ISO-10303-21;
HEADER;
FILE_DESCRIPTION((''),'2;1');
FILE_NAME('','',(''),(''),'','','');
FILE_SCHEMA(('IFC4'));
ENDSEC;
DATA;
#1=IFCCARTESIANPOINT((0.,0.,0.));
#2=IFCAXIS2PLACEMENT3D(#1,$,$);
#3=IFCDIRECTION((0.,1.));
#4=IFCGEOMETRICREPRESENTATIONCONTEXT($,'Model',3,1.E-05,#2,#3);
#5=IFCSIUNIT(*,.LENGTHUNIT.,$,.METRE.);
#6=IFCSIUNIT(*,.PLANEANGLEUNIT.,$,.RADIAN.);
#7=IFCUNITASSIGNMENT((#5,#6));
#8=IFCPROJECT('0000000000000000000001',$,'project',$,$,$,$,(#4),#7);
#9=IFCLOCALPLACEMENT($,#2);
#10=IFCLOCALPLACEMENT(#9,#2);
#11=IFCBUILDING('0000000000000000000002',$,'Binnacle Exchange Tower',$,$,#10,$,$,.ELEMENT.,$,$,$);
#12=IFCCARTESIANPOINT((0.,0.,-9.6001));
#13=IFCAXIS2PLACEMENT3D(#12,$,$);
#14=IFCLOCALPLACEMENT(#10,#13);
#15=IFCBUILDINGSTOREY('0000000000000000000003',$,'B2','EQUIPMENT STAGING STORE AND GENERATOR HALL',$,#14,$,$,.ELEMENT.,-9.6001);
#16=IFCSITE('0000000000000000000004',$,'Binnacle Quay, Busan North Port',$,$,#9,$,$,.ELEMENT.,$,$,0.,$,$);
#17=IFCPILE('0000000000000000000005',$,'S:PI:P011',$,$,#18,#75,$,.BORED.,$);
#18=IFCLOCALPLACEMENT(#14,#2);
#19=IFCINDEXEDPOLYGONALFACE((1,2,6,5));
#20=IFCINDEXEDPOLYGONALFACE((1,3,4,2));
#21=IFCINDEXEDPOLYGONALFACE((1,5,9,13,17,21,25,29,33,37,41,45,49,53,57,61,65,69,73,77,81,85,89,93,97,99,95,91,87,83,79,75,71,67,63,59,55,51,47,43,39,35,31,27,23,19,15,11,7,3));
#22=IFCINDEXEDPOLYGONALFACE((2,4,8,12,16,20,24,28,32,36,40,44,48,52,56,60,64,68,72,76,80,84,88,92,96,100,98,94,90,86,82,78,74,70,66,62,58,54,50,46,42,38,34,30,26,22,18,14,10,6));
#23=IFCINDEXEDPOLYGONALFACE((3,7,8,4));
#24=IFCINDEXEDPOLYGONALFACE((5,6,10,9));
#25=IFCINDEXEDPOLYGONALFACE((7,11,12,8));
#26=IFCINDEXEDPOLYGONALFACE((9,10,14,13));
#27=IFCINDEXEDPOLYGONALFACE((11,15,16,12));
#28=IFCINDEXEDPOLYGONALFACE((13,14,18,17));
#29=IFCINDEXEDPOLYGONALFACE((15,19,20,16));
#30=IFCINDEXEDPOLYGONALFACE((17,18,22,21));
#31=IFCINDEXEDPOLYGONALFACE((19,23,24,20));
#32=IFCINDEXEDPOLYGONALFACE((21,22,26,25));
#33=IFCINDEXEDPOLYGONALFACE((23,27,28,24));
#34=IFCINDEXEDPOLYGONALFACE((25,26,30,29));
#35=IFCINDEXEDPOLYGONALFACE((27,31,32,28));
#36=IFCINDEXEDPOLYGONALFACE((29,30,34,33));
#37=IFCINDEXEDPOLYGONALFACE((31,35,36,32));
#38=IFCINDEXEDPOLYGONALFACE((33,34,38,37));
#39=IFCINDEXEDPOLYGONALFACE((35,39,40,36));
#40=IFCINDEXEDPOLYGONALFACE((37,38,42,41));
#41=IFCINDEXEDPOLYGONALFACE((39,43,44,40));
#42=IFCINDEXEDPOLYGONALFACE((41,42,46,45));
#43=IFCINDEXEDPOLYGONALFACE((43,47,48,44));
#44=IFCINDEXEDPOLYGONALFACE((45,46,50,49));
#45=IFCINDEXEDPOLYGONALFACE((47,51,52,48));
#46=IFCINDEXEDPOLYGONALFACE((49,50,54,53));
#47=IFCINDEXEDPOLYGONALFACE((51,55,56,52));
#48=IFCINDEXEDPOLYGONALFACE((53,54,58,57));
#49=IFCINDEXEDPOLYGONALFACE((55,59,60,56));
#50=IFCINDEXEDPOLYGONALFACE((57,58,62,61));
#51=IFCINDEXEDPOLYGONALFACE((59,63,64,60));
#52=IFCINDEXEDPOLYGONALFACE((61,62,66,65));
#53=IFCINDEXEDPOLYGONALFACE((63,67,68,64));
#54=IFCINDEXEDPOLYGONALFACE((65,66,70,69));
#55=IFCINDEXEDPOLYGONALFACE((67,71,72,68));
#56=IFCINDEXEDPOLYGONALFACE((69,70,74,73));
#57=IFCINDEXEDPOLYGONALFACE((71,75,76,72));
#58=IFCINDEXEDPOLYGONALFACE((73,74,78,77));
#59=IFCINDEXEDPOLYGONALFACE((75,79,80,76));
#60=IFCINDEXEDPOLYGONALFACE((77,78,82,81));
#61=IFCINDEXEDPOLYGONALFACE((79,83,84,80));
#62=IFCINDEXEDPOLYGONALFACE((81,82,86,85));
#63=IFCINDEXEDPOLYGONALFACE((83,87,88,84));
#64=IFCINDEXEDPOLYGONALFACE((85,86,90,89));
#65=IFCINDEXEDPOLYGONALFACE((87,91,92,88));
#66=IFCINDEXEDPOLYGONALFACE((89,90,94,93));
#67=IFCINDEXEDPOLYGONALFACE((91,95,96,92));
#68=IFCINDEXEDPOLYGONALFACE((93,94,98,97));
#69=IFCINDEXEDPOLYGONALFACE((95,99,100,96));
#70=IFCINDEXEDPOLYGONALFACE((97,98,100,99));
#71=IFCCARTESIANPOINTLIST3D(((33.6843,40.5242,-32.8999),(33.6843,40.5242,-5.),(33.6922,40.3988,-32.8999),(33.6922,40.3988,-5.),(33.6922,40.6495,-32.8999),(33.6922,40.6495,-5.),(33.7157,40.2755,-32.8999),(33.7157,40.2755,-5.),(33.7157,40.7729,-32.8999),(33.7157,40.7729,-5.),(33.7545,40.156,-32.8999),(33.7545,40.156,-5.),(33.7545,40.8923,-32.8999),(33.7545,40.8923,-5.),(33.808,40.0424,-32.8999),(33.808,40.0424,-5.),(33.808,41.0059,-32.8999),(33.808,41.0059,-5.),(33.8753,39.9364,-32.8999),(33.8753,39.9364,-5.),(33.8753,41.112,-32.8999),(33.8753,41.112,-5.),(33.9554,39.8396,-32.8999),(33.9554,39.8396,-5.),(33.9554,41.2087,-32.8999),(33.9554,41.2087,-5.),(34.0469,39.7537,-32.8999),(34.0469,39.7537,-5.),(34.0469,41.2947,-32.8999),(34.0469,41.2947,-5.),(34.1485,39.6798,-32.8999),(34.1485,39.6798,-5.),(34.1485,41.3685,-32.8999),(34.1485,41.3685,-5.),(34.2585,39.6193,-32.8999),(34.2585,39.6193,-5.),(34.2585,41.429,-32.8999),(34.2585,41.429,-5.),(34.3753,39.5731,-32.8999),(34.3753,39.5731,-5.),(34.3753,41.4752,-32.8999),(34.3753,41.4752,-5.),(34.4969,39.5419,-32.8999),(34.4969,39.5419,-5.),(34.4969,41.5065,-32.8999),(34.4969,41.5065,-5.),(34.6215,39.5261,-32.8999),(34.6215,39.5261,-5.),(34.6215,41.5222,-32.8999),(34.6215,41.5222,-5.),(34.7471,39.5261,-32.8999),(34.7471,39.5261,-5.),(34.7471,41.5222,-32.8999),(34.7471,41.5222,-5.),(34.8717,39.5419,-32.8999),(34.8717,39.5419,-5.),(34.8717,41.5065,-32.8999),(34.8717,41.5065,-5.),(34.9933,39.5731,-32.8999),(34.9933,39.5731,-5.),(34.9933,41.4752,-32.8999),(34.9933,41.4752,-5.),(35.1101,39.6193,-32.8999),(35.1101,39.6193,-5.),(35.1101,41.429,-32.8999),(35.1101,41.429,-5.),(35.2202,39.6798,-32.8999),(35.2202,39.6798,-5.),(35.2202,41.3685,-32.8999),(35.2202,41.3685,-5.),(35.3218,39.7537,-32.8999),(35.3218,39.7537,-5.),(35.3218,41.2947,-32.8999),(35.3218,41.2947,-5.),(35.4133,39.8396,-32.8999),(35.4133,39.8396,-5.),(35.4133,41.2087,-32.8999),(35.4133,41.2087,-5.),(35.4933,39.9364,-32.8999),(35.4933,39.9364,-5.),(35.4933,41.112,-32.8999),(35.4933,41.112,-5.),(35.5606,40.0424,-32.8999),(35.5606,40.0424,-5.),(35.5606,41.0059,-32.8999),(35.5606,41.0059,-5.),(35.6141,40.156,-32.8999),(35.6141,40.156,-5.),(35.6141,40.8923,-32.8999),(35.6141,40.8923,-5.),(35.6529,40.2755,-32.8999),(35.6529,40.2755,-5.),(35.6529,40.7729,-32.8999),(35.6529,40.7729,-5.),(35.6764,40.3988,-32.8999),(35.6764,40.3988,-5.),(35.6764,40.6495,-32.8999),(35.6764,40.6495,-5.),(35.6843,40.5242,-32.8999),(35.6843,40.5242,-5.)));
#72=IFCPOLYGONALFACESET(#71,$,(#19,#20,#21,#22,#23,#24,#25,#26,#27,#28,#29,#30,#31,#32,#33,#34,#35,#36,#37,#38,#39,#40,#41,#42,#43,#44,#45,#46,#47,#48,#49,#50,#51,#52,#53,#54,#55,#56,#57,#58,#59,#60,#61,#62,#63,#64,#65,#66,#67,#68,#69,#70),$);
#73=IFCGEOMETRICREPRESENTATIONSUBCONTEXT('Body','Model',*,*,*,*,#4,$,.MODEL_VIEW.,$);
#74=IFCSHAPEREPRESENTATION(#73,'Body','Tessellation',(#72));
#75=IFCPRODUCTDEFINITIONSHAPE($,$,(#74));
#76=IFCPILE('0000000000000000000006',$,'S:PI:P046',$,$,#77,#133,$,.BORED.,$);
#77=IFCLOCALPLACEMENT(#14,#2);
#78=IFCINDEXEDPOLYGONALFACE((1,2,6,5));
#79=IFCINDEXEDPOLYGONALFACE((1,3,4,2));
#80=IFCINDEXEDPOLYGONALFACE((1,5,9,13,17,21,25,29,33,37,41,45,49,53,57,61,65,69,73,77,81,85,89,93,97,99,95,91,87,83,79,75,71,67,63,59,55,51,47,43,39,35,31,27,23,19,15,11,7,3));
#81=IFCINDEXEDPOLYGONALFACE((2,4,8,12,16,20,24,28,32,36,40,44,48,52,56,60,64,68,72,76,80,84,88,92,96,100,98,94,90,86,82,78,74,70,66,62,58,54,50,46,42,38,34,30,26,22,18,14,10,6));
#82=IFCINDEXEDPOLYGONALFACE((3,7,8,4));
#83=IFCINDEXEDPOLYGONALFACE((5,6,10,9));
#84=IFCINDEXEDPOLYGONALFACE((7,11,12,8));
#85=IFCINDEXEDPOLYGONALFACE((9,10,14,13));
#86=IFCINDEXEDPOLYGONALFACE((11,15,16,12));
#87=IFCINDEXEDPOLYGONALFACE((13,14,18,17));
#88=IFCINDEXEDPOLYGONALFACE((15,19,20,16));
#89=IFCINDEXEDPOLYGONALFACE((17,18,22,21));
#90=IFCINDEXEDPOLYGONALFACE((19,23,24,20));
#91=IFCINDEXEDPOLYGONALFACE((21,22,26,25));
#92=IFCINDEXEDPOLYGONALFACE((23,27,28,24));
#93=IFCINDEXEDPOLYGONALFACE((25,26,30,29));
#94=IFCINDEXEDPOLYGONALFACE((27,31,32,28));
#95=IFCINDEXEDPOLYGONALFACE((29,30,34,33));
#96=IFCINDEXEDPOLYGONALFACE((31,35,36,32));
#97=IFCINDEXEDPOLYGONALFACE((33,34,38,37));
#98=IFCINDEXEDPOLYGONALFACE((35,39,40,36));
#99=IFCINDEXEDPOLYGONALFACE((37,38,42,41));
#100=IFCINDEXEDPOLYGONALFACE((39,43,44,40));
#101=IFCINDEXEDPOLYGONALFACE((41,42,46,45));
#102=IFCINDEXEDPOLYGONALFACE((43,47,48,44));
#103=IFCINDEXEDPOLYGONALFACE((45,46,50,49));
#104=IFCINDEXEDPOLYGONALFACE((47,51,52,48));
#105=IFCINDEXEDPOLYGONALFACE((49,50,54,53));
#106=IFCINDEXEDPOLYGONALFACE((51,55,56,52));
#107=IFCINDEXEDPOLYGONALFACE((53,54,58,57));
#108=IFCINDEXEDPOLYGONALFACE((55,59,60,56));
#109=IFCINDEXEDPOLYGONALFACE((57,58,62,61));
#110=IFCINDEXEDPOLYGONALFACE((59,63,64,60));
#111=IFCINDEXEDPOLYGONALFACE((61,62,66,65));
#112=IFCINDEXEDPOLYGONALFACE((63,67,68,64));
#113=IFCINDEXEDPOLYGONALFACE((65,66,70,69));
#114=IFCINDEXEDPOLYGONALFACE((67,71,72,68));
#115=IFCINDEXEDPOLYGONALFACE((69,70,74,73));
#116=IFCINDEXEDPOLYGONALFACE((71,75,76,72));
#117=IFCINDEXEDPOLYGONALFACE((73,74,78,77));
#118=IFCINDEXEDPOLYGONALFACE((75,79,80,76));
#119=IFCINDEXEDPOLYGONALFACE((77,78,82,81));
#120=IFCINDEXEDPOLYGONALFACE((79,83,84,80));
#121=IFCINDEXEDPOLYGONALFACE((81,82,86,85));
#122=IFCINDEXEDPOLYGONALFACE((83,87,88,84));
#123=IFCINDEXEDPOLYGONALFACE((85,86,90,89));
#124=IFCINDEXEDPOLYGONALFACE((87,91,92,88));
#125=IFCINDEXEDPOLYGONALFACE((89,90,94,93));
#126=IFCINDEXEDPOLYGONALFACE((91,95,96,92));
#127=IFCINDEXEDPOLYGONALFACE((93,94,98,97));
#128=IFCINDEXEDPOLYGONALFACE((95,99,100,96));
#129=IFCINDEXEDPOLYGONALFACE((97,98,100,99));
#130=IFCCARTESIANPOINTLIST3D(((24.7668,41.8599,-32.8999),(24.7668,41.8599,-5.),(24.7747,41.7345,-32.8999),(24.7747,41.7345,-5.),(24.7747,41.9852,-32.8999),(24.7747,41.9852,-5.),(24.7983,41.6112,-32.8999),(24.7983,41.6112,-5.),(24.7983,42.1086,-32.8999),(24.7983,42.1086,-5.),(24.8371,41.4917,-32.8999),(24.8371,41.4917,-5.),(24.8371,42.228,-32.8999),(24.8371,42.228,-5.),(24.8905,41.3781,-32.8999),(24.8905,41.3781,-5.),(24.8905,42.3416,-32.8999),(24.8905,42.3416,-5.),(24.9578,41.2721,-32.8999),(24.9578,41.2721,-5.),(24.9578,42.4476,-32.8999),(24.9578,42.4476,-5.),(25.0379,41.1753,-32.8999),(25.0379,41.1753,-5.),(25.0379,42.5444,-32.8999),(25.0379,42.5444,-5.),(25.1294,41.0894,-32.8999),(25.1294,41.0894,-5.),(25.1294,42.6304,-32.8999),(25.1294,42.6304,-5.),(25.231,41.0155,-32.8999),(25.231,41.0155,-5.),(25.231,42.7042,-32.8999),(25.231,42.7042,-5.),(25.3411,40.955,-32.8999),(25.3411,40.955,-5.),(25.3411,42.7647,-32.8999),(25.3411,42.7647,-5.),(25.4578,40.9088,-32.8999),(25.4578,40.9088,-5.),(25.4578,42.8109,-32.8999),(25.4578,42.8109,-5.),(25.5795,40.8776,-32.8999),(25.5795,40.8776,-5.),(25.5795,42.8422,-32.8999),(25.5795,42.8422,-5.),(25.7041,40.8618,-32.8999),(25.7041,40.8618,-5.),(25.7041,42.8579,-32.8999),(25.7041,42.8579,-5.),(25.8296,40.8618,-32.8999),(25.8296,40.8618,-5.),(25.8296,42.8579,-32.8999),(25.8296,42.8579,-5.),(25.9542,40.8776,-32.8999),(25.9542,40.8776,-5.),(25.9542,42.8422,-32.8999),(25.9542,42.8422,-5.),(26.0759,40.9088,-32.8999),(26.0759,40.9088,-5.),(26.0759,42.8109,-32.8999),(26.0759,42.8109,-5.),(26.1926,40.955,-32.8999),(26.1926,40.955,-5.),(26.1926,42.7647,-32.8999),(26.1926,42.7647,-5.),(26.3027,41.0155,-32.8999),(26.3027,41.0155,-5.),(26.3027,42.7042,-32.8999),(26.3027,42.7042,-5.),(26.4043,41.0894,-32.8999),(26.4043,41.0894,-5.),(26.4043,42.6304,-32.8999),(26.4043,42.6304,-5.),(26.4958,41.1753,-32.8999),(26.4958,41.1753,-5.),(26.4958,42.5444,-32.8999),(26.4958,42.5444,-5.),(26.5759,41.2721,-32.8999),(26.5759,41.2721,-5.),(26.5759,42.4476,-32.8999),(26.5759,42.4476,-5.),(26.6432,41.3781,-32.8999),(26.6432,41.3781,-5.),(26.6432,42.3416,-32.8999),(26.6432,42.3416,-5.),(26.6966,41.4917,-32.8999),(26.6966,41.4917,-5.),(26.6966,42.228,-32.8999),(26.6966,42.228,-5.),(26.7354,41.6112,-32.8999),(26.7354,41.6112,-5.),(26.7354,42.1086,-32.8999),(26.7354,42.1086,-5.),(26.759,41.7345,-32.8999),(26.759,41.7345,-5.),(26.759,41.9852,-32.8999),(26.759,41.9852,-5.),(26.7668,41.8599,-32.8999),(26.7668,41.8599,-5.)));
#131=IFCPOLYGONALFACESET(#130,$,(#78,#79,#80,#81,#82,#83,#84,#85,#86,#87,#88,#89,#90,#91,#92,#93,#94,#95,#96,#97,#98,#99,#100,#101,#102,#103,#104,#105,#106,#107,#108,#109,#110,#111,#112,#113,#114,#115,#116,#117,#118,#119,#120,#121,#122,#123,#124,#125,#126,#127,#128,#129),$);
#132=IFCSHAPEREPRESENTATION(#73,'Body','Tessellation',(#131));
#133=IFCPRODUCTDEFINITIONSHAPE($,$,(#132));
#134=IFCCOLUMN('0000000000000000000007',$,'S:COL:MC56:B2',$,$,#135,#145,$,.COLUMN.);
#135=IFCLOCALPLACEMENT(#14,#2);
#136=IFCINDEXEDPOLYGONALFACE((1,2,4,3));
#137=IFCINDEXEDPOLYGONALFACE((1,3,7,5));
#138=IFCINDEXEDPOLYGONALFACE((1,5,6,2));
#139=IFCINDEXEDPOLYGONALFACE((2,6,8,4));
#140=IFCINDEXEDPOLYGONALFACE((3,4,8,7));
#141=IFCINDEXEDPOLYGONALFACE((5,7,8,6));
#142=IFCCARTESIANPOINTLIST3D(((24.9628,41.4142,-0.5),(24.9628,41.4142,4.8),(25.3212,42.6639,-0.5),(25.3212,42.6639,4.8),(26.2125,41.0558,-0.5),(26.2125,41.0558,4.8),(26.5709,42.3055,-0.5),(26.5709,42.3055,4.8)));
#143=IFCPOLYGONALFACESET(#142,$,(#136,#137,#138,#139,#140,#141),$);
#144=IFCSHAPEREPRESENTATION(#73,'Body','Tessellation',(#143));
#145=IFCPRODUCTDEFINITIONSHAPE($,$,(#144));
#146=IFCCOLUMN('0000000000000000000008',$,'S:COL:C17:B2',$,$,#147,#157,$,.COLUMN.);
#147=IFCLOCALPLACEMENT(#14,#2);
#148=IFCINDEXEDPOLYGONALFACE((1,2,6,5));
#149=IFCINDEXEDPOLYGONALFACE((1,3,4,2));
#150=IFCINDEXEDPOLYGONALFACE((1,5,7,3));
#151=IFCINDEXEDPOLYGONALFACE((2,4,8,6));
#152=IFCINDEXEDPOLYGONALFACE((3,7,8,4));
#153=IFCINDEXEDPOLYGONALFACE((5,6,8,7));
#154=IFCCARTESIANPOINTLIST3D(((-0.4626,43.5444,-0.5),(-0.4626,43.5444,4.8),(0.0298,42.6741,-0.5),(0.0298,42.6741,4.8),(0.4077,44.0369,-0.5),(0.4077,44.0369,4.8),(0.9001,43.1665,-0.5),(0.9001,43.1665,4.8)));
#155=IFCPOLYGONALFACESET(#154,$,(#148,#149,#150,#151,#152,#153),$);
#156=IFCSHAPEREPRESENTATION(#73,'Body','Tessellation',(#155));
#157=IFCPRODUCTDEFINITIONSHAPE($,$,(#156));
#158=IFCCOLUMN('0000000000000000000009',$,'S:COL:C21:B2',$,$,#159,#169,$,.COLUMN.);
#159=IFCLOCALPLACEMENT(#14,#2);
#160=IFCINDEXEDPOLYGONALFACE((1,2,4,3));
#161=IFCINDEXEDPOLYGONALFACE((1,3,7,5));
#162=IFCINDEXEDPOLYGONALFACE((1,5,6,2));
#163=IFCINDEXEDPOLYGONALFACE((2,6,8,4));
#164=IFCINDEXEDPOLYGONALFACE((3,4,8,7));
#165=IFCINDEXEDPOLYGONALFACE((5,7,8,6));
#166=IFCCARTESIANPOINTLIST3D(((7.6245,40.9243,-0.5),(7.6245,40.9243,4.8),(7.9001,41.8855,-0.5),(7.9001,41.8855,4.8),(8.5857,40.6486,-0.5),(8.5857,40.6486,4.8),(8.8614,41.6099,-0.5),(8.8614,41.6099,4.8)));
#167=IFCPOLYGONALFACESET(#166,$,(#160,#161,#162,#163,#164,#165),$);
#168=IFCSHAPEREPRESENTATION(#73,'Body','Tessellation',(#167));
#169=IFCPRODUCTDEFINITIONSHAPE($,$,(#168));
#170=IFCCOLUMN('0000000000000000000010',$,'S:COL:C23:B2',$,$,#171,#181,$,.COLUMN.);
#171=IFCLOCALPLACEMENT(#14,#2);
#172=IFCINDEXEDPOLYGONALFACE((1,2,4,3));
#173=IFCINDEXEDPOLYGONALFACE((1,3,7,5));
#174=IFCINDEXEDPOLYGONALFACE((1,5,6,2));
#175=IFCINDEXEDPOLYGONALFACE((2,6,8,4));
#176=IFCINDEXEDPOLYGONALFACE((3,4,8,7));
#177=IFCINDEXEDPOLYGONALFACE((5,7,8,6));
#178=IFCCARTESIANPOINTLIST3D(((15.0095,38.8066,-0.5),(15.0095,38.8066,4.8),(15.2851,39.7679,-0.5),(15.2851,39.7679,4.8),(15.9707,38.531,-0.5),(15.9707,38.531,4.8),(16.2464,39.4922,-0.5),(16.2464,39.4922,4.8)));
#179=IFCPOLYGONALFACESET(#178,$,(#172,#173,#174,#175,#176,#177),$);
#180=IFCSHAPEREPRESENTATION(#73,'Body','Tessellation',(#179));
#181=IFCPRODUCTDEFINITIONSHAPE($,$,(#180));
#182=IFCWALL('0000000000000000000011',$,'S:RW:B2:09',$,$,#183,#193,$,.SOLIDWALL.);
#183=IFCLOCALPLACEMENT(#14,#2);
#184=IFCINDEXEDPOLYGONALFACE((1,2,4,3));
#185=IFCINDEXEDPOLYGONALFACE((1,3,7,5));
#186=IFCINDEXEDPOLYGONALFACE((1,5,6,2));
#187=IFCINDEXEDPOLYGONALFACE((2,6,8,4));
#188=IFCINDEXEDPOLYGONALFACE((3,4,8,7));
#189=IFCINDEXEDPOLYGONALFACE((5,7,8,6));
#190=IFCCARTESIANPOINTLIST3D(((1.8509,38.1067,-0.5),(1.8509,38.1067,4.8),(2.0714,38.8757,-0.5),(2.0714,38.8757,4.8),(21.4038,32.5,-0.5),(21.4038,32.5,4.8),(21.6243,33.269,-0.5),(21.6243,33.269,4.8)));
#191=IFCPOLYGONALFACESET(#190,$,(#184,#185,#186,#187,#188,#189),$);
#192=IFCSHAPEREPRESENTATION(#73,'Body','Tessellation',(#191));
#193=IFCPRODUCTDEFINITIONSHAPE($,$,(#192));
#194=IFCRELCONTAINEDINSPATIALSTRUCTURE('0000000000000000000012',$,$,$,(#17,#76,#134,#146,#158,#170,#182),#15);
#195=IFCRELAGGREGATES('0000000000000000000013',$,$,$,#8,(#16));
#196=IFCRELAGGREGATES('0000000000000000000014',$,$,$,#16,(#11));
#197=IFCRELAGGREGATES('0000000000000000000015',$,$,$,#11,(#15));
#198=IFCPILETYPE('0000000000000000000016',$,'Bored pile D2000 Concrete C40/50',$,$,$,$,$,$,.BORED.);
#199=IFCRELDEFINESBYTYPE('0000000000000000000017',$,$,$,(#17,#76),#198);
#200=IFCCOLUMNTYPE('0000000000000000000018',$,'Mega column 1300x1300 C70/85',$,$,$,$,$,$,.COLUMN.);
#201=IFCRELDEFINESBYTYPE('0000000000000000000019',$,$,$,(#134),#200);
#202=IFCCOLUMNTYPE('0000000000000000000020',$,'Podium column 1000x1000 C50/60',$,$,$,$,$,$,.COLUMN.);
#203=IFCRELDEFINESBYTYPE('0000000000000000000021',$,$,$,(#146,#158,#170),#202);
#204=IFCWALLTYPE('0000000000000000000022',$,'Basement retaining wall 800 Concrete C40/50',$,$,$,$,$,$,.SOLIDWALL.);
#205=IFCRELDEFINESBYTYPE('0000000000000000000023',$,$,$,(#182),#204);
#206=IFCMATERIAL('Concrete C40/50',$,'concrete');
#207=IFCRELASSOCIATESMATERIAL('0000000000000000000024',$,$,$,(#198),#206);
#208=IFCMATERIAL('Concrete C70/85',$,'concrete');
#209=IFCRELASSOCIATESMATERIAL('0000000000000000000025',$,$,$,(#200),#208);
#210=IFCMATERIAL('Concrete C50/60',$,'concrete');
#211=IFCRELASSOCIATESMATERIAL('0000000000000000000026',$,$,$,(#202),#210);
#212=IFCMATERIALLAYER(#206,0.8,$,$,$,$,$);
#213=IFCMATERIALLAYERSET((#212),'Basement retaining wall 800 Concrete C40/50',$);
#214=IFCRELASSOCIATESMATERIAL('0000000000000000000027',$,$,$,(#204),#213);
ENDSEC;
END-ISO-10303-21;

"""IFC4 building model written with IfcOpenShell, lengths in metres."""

from ifc_helpers import new_model, si_unit, direction, frame, frame_2d, origin, origin_2d, place, context, subcontext, project, spatial, rectangle, circle, extrude, material, layer, layer_set, material_profile, profile_set, type_object, element, save


model = new_model("IFC4")

# Units and contexts
model_context = context("Model", 3, precision=1e-05, world=origin(), true_north=direction((0.0, 1.0)))
body_context = subcontext(model_context, "Body", "Model", "MODEL_VIEW")
ifc_project = project(units=[si_unit("LENGTHUNIT", "METRE"), si_unit("PLANEANGLEUNIT", "RADIAN")], contexts=[model_context])

# Site, building, storey
site_placement = place(None, origin())
site = spatial("IfcSite", under=ifc_project, at=site_placement, Name="Binnacle Quay, Busan North Port", CompositionType="ELEMENT", RefElevation=0.0)
building_placement = place(site_placement, origin())
building = spatial("IfcBuilding", under=site, at=building_placement, Name="Binnacle Exchange Tower", CompositionType="ELEMENT")
storey_placement = place(building_placement, frame((0.0, 0.0, -9.6001)))
storey = spatial("IfcBuildingStorey", under=building, at=storey_placement, Name="B2", Description="EQUIPMENT STAGING STORE AND GENERATOR HALL", CompositionType="ELEMENT", Elevation=-9.6001)

# Piles
ifc_material_1 = material(Name="Concrete C40/50", Category="concrete")
ifc_material_profile_1 = material_profile(ifc_material_1, circle(Radius=1.0, at=origin_2d()), Name="Bored pile D2000")
ifc_profile_set_1 = profile_set([ifc_material_profile_1], Name="Concrete C40/50")
pile_type = type_object("IfcPileType", Name="Bored pile D2000 Concrete C40/50", PredefinedType="BORED", material=ifc_profile_set_1)
for number, where, z_axis, x_axis, name in (
    (1, (34.6843, 40.5242, -5.0), (0.0, 0.0, -1.0), (1.0, 0.0, 0.0), "S:PI:P011"),
    (2, (25.7668, 41.8599, -5.0), (0.0, 0.0, -1.0), (1.0, 0.0, 0.0), "S:PI:P046"),
):
    element("IfcPile", number, at=place(storey_placement, frame(where, z_axis=z_axis, x_axis=x_axis)), inside=storey, type_object=pile_type, Name=name, PredefinedType="BORED", context=body_context, shape_type="SweptSolid", body=[
        extrude(circle(Radius=1.0, at=origin_2d()), origin(), (0.0, 0.0, 1.0), 27.8999),
    ])

# Columns
ifc_material_2 = material(Name="Concrete C70/85", Category="concrete")
ifc_material_profile_2 = material_profile(ifc_material_2, rectangle(XDim=1.3, YDim=1.3, at=origin_2d()), Name="Mega column 1300x1300 C70/85")
ifc_profile_set_2 = profile_set([ifc_material_profile_2], Name="Concrete C70/85")
column_type_1 = type_object("IfcColumnType", Name="Mega column 1300x1300 C70/85", PredefinedType="COLUMN", material=ifc_profile_set_2)
column_placement = place(storey_placement, frame((25.7668, 41.8599, -0.5), z_axis=(0.0, 0.0, 1.0), x_axis=(0.961262, -0.275637, 0.0)))
element("IfcColumn", 3, at=column_placement, inside=storey, type_object=column_type_1, Name="S:COL:MC56:B2", PredefinedType="COLUMN", context=body_context, shape_type="SweptSolid", body=[
    extrude(rectangle(XDim=1.3, YDim=1.3, at=origin_2d()), origin(), (0.0, 0.0, 1.0), 5.3),
])
ifc_material_3 = material(Name="Concrete C50/60", Category="concrete")
ifc_material_profile_3 = material_profile(ifc_material_3, rectangle(XDim=1.0, YDim=1.0, at=origin_2d()), Name="Podium column 1000x1000 C50/60")
ifc_profile_set_3 = profile_set([ifc_material_profile_3], Name="Concrete C50/60")
column_type_2 = type_object("IfcColumnType", Name="Podium column 1000x1000 C50/60", PredefinedType="COLUMN", material=ifc_profile_set_3)
for number, where, z_axis, x_axis, name in (
    (4, (0.2188, 43.3555, -0.5), (0.0, 0.0, 1.0), (0.870356, 0.492424, 0.0), "S:COL:C17:B2"),
    (5, (8.2429, 41.2671, -0.5), (0.0, 0.0, 1.0), (0.961262, -0.275637, 0.0), "S:COL:C21:B2"),
    (6, (15.6279, 39.1494, -0.5), (0.0, 0.0, 1.0), (0.961262, -0.275637, 0.0), "S:COL:C23:B2"),
):
    element("IfcColumn", number, at=place(storey_placement, frame(where, z_axis=z_axis, x_axis=x_axis)), inside=storey, type_object=column_type_2, Name=name, PredefinedType="COLUMN", context=body_context, shape_type="SweptSolid", body=[
        extrude(rectangle(XDim=1.0, YDim=1.0, at=origin_2d()), origin(), (0.0, 0.0, 1.0), 5.3),
    ])

# Wall
ifc_layer_1 = layer(ifc_material_1, 0.8)
ifc_layer_set_1 = layer_set([ifc_layer_1], Name="Basement retaining wall 800 Concrete C40/50")
wall_type_1 = type_object("IfcWallType", Name="Basement retaining wall 800 Concrete C40/50", PredefinedType="SOLIDWALL", material=ifc_layer_set_1)
wall_1_placement = place(storey_placement, frame((1.9612, 38.4912, -0.5), z_axis=(0.0, 0.0, 1.0), x_axis=(0.961261, -0.275639, 0.0)))
element("IfcWall", 7, at=wall_1_placement, inside=storey, type_object=wall_type_1, Name="S:RW:B2:09", PredefinedType="SOLIDWALL", context=body_context, shape_type="SweptSolid", body=[
    extrude(rectangle(XDim=20.3408, YDim=0.8, at=frame_2d((10.1704, 0.0))), origin(), (0.0, 0.0, 1.0), 5.3),
])

save(model, "model.ifc")
